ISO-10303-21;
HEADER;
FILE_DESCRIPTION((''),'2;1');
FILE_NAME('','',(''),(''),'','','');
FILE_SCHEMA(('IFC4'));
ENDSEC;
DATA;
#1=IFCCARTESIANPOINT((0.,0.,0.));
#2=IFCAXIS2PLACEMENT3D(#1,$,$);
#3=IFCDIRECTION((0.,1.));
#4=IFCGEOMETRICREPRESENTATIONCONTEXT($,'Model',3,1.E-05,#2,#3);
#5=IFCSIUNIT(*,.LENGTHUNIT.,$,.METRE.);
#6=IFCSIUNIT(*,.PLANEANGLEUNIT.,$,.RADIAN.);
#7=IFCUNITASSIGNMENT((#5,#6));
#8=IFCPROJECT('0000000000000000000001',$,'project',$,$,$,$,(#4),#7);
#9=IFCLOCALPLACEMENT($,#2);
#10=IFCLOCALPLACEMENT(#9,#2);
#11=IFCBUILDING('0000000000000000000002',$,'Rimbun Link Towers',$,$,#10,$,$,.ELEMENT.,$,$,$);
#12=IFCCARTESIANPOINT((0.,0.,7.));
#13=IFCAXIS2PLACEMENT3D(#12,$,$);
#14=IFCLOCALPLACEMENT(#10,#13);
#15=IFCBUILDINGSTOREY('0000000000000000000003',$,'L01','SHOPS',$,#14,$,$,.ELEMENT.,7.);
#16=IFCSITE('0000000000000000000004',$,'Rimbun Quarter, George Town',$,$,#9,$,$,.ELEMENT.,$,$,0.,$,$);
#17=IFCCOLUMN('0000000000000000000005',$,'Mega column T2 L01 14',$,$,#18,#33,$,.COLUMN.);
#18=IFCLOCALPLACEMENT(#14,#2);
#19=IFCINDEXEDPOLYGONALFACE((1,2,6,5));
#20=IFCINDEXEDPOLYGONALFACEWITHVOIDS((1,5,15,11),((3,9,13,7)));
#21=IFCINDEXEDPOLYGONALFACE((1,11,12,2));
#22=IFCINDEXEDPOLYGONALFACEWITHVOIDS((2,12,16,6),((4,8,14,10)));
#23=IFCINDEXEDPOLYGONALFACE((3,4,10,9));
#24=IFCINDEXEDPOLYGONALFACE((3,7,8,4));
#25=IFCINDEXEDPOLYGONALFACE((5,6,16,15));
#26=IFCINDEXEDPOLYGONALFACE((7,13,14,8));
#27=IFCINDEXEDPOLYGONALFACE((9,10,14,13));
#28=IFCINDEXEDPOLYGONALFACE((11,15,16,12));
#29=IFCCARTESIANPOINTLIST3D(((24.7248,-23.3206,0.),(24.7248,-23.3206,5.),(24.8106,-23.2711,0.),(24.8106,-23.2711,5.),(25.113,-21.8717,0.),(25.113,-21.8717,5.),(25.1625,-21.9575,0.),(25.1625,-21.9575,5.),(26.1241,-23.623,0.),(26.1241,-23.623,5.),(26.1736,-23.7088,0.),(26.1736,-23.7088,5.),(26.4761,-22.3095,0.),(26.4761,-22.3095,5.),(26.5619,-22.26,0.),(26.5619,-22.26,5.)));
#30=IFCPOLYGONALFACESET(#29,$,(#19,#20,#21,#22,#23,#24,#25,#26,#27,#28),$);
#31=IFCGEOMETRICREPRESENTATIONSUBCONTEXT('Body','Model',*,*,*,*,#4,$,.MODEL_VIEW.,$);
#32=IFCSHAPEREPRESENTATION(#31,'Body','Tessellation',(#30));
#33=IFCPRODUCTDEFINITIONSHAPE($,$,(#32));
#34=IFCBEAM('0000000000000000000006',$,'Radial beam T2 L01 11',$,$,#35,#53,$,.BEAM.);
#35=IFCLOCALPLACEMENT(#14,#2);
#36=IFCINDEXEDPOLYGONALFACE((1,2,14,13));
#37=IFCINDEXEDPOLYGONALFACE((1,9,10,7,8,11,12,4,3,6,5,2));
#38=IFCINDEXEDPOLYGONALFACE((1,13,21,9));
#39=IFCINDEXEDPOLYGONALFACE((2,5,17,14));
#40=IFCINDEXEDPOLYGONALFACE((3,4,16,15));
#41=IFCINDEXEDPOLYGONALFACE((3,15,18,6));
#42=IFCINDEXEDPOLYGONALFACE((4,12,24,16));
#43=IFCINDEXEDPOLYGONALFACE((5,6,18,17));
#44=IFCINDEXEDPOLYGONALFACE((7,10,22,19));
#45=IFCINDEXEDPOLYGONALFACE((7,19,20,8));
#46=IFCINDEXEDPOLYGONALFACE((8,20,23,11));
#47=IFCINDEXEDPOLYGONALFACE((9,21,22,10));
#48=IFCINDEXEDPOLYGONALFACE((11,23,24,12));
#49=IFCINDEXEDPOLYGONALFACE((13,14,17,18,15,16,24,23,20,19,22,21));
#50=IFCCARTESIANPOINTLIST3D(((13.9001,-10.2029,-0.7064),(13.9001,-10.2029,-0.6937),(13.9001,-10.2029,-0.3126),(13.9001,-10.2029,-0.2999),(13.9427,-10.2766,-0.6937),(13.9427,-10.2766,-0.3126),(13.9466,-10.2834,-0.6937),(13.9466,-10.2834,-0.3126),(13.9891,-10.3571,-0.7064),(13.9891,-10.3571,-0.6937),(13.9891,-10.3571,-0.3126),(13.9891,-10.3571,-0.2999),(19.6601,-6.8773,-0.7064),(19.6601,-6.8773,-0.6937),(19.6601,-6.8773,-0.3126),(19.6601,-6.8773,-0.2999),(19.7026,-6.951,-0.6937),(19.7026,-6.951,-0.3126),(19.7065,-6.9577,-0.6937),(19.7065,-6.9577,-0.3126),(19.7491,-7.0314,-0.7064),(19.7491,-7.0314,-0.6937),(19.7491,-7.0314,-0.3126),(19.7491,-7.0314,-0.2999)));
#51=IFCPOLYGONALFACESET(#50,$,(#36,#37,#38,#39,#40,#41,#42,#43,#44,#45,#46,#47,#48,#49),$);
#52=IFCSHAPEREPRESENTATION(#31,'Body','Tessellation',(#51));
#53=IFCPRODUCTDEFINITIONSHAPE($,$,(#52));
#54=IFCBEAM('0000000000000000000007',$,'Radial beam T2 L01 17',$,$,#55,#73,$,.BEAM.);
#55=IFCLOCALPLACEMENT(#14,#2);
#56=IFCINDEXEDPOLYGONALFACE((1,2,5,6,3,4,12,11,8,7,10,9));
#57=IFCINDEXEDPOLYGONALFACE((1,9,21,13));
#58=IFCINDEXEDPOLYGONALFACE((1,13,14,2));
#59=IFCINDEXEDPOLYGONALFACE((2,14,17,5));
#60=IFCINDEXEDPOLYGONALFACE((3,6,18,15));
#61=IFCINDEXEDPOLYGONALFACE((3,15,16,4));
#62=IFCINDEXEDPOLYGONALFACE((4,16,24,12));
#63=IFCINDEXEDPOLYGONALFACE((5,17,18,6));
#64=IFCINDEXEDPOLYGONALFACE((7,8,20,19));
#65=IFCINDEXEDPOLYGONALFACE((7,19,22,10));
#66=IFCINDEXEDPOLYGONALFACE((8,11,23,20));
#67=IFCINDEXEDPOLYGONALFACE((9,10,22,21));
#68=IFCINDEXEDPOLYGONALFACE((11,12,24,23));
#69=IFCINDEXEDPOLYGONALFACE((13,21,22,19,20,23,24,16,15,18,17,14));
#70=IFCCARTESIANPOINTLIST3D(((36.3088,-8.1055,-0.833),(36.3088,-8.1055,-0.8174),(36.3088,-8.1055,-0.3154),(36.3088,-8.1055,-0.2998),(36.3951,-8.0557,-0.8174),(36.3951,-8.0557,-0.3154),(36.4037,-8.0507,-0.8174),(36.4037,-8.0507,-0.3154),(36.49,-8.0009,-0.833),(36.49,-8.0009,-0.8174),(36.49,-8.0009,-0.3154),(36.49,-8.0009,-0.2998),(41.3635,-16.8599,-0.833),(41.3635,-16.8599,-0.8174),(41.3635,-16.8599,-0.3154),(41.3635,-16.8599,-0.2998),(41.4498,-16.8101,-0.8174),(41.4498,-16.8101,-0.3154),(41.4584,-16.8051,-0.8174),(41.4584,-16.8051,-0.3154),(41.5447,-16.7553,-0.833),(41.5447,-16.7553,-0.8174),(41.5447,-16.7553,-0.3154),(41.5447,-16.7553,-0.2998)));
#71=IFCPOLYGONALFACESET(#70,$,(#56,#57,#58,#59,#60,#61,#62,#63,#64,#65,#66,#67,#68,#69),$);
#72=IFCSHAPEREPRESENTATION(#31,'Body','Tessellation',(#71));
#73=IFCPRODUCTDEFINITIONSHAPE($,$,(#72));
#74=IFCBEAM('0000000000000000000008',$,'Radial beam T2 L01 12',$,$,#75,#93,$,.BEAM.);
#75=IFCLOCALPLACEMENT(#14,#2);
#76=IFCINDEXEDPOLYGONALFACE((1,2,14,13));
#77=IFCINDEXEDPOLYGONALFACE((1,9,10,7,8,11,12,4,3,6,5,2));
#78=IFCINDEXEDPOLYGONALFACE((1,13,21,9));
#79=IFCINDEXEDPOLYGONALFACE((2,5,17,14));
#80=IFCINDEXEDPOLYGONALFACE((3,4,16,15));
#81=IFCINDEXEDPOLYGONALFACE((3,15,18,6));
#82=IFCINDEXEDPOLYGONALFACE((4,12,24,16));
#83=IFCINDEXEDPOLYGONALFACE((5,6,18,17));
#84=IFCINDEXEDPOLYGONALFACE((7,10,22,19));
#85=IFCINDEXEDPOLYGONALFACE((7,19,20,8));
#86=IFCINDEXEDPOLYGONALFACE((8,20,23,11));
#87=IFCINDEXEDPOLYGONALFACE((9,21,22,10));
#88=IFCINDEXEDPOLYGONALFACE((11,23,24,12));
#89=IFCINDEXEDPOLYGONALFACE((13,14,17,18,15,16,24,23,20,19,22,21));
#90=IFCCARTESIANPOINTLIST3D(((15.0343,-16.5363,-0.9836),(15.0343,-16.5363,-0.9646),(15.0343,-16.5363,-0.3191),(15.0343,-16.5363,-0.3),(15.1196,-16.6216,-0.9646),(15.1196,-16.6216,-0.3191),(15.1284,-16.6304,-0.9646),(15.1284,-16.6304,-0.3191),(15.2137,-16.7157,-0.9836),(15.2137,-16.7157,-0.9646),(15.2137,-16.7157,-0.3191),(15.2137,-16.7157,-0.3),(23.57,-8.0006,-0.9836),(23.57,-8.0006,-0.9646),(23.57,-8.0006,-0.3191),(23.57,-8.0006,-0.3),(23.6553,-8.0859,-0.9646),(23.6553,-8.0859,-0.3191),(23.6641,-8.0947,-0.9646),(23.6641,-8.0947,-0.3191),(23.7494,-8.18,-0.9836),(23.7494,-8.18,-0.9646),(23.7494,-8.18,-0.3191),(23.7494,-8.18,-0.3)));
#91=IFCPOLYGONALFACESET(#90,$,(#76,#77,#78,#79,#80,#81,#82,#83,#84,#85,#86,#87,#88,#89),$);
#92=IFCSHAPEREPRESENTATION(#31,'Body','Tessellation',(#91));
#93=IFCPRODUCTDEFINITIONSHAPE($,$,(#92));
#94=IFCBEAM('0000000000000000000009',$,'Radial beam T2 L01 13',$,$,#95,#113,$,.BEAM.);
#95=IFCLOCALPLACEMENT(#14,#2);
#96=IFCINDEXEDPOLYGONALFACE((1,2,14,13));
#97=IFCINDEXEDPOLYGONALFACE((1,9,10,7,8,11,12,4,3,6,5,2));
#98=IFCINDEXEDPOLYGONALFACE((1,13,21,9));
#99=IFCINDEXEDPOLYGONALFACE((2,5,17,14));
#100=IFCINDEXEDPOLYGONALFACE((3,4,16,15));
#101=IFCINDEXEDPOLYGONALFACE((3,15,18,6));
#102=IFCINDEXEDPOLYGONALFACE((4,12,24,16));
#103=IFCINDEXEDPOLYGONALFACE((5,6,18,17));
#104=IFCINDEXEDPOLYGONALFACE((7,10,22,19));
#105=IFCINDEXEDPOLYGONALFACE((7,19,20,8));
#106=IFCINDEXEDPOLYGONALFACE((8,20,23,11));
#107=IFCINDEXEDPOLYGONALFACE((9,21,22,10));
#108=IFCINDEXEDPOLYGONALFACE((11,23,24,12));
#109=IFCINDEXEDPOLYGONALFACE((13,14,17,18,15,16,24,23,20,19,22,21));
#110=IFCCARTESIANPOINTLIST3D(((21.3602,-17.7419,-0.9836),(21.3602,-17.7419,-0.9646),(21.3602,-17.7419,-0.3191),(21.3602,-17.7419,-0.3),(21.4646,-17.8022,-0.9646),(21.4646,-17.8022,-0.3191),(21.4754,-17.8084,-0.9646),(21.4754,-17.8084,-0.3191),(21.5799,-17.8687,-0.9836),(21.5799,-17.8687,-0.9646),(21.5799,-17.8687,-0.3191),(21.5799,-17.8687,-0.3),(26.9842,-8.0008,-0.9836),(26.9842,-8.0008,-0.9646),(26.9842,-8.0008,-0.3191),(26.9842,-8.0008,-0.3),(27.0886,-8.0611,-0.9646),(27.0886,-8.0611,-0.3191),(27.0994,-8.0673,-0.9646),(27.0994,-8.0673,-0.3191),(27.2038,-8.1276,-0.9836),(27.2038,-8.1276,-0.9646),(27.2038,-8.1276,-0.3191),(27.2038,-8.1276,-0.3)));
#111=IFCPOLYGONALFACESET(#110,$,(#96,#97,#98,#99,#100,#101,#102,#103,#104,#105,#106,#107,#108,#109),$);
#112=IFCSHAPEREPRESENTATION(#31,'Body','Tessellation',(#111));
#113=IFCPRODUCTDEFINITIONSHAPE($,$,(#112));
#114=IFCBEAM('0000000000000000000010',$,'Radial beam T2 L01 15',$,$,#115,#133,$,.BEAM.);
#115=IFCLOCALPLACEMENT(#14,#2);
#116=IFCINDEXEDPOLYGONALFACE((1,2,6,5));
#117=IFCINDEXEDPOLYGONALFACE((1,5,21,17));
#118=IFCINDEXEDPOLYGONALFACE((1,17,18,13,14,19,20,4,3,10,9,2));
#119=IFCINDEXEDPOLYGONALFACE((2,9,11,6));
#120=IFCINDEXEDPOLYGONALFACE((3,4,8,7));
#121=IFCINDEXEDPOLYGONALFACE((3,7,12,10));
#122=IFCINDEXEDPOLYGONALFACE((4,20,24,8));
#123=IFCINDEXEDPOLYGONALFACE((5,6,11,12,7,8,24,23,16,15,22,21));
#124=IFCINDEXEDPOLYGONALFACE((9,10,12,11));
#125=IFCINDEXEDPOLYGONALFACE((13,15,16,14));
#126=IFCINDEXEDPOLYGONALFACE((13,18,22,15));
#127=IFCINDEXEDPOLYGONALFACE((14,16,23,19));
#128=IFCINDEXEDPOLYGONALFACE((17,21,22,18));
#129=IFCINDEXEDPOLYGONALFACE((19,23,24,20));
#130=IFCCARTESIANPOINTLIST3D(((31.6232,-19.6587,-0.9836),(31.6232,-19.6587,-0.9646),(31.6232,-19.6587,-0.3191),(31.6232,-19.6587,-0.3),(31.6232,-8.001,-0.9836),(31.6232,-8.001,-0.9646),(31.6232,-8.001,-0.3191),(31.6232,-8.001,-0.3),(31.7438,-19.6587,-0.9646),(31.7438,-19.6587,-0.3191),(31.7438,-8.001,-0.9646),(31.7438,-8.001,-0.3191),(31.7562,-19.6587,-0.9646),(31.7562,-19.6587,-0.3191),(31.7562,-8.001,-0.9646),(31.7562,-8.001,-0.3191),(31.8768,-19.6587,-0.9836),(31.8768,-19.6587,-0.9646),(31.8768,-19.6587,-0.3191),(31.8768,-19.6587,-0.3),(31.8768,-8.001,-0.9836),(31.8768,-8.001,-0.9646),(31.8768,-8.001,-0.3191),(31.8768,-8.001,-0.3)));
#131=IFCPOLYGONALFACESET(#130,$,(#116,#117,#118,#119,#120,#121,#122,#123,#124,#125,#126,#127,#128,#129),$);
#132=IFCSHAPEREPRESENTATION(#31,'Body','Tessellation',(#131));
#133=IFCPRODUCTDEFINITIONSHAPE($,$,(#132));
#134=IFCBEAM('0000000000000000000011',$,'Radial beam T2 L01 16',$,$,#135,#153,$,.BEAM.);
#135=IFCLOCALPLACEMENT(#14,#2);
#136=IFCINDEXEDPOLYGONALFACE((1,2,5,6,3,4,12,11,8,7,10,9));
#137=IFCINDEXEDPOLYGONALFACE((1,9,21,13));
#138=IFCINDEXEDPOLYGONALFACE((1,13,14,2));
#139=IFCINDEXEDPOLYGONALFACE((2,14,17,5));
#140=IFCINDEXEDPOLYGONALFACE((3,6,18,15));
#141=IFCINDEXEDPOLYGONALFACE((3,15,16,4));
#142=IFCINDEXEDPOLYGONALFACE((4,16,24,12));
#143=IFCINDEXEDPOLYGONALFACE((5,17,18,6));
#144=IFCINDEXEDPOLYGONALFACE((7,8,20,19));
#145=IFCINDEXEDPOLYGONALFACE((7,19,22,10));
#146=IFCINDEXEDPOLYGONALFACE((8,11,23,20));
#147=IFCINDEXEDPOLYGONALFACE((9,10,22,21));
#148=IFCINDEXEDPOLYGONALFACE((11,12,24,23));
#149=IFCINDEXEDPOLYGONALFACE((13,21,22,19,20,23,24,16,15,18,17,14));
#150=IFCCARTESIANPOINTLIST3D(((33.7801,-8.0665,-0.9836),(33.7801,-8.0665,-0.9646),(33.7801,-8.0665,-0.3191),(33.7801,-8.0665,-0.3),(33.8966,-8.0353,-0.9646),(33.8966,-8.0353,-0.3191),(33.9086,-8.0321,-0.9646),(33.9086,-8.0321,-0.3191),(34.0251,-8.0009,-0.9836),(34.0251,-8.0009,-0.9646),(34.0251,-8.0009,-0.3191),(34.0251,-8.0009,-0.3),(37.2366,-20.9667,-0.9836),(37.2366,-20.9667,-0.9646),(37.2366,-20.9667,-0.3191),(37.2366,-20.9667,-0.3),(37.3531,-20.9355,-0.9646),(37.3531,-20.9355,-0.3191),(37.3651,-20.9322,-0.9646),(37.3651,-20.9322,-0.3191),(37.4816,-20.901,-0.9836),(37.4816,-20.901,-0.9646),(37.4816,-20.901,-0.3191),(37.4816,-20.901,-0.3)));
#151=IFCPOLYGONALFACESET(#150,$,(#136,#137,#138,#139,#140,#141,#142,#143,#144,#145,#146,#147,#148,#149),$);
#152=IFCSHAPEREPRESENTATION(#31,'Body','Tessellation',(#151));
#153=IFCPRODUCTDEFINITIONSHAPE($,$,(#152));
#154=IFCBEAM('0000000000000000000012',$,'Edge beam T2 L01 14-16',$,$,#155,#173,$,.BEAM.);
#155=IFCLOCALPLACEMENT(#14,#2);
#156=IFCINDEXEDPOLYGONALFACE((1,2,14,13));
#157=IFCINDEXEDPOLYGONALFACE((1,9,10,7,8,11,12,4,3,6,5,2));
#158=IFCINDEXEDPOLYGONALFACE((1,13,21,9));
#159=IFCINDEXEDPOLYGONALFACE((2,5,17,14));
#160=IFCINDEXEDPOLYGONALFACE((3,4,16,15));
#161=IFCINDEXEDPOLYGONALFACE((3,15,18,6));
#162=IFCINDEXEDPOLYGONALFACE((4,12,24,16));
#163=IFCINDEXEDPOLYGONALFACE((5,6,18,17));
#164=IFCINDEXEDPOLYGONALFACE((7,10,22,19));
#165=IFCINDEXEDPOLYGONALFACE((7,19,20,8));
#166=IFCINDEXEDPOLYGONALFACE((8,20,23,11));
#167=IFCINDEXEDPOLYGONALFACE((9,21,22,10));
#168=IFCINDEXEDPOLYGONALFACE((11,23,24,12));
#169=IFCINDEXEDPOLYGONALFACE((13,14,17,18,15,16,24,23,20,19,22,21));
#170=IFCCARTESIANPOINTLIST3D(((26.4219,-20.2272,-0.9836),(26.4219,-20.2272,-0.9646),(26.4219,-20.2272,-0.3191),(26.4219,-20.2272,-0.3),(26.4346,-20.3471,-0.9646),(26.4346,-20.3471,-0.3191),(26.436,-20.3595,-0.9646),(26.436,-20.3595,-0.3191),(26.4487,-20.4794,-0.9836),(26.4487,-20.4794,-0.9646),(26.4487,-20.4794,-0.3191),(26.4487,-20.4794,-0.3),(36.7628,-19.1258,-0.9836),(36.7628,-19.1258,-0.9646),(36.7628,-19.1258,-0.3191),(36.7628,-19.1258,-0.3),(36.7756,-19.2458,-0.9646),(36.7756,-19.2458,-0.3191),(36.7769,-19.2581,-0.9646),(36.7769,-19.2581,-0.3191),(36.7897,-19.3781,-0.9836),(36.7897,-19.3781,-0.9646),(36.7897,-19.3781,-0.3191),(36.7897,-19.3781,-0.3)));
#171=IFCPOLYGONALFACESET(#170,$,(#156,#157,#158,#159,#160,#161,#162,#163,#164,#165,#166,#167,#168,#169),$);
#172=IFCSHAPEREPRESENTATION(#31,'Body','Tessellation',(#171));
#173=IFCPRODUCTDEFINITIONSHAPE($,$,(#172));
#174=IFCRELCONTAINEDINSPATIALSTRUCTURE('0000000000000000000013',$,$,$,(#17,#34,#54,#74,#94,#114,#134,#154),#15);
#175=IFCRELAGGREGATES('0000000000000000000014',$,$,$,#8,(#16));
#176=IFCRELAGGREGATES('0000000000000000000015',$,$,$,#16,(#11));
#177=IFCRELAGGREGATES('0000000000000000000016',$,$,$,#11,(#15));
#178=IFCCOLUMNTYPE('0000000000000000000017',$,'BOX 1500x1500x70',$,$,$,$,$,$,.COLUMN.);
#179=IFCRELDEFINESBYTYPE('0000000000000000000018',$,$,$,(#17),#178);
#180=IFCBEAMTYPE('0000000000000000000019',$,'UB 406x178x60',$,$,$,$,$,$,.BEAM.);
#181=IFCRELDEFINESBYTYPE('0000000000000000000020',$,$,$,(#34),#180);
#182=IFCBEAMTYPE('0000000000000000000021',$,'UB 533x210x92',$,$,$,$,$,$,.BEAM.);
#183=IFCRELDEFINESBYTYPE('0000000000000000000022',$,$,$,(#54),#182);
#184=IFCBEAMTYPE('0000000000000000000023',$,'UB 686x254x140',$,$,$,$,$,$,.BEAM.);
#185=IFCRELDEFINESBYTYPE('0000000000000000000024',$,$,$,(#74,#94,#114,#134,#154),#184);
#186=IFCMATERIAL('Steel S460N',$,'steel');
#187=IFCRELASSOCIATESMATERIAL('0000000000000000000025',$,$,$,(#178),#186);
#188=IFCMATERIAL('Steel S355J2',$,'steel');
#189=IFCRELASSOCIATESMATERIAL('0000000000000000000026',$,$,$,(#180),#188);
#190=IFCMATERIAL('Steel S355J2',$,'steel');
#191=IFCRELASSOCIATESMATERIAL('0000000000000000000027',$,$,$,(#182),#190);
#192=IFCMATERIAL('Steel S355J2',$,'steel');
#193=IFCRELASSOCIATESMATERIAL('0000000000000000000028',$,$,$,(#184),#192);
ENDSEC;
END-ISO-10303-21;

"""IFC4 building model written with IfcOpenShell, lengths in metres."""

from ifc_helpers import new_model, si_unit, direction, frame, origin, origin_2d, place, context, subcontext, project, spatial, hollow_rectangle, i_section, extrude, material, material_profile, profile_set, type_object, element, save


model = new_model("IFC4")

# Units and contexts
model_context = context("Model", 3, precision=1e-05, world=origin(), true_north=direction((0.0, 1.0)))
body_context = subcontext(model_context, "Body", "Model", "MODEL_VIEW")
ifc_project = project(units=[si_unit("LENGTHUNIT", "METRE"), si_unit("PLANEANGLEUNIT", "RADIAN")], contexts=[model_context])

# Site, building, storey
site_placement = place(None, origin())
site = spatial("IfcSite", under=ifc_project, at=site_placement, Name="Rimbun Quarter, George Town", CompositionType="ELEMENT", RefElevation=0.0)
building_placement = place(site_placement, origin())
building = spatial("IfcBuilding", under=site, at=building_placement, Name="Rimbun Link Towers", CompositionType="ELEMENT")
storey_placement = place(building_placement, frame((0.0, 0.0, 7.0)))
storey = spatial("IfcBuildingStorey", under=building, at=storey_placement, Name="L01", Description="SHOPS", CompositionType="ELEMENT", Elevation=7.0)

# Column
ifc_material_1 = material(Name="Steel S460N", Category="steel")
ifc_material_profile_1 = material_profile(ifc_material_1, hollow_rectangle(XDim=1.5, YDim=1.5, WallThickness=0.0701, at=origin_2d()), Name="BOX 1500x1500x70")
ifc_profile_set_1 = profile_set([ifc_material_profile_1], Name="Steel S460N")
column_type = type_object("IfcColumnType", Name="BOX 1500x1500x70", PredefinedType="COLUMN", material=ifc_profile_set_1)
column_placement = place(storey_placement, frame((25.6433, -22.7903, 0.0), z_axis=(0.0, 0.0, 1.0), x_axis=(-0.258819, -0.965926, 0.0)))
element("IfcColumn", 1, at=column_placement, inside=storey, type_object=column_type, Name="Mega column T2 L01 14", PredefinedType="COLUMN", context=body_context, shape_type="SweptSolid", body=[
    extrude(hollow_rectangle(XDim=1.5, YDim=1.5, WallThickness=0.0701, at=origin_2d()), origin(), (0.0, 0.0, 1.0), 5.0),
])

# Beams
ifc_material_2 = material(Name="Steel S355J2", Category="steel")
ifc_material_profile_2 = material_profile(ifc_material_2, i_section(OverallWidth=0.178, OverallDepth=0.4065, WebThickness=0.0078, FlangeThickness=0.0127, at=origin_2d()), Name="UB 406x178x60")
ifc_profile_set_2 = profile_set([ifc_material_profile_2], Name="Steel S355J2")
beam_type_1 = type_object("IfcBeamType", Name="UB 406x178x60", PredefinedType="BEAM", material=ifc_profile_set_2)
beam_1_placement = place(storey_placement, frame((19.7046, -6.9543, -0.5032), z_axis=(-0.866016, -0.500016, 0.0), x_axis=(0.500016, -0.866016, 0.0)))
element("IfcBeam", 2, at=beam_1_placement, inside=storey, type_object=beam_type_1, Name="Radial beam T2 L01 11", PredefinedType="BEAM", context=body_context, shape_type="SweptSolid", body=[
    extrude(i_section(OverallWidth=0.178, OverallDepth=0.4065, WebThickness=0.0078, FlangeThickness=0.0127, at=origin_2d()), origin(), (0.0, 0.0, 1.0), 6.6511),
])
ifc_material_3 = material(Name="Steel S355J2", Category="steel")
ifc_material_profile_3 = material_profile(ifc_material_3, i_section(OverallWidth=0.2092, OverallDepth=0.5332, WebThickness=0.01, FlangeThickness=0.0156, at=origin_2d()), Name="UB 533x210x92")
ifc_profile_set_3 = profile_set([ifc_material_profile_3], Name="Steel S355J2")
beam_type_2 = type_object("IfcBeamType", Name="UB 533x210x92", PredefinedType="BEAM", material=ifc_profile_set_3)
beam_2_placement = place(storey_placement, frame((36.3994, -8.0532, -0.5664), z_axis=(0.500025, -0.866011, 0.0), x_axis=(0.866011, 0.500025, 0.0)))
element("IfcBeam", 3, at=beam_2_placement, inside=storey, type_object=beam_type_2, Name="Radial beam T2 L01 17", PredefinedType="BEAM", context=body_context, shape_type="SweptSolid", body=[
    extrude(i_section(OverallWidth=0.2092, OverallDepth=0.5332, WebThickness=0.01, FlangeThickness=0.0156, at=origin_2d()), origin(), (0.0, 0.0, 1.0), 10.1089),
])
ifc_material_4 = material(Name="Steel S355J2", Category="steel")
ifc_material_profile_4 = material_profile(ifc_material_4, i_section(OverallWidth=0.2537, OverallDepth=0.6836, WebThickness=0.0125, FlangeThickness=0.019, at=origin_2d()), Name="UB 686x254x140")
ifc_profile_set_4 = profile_set([ifc_material_profile_4], Name="Steel S355J2")
beam_type_3 = type_object("IfcBeamType", Name="UB 686x254x140", PredefinedType="BEAM", material=ifc_profile_set_4)
beam_3_placement = place(storey_placement, frame((23.6597, -8.0903, -0.6418), z_axis=(-0.707107, -0.707107, 0.0), x_axis=(0.707107, -0.707107, 0.0)))
element("IfcBeam", 4, at=beam_3_placement, inside=storey, type_object=beam_type_3, Name="Radial beam T2 L01 12", PredefinedType="BEAM", context=body_context, shape_type="SweptSolid", body=[
    extrude(i_section(OverallWidth=0.2537, OverallDepth=0.6836, WebThickness=0.0125, FlangeThickness=0.019, at=origin_2d()), origin(), (0.0, 0.0, 1.0), 12.0713),
])
beam_4_placement = place(storey_placement, frame((27.094, -8.0642, -0.6418), z_axis=(-0.499996, -0.866028, 0.0), x_axis=(0.866028, -0.499996, 0.0)))
element("IfcBeam", 5, at=beam_4_placement, inside=storey, type_object=beam_type_3, Name="Radial beam T2 L01 13", PredefinedType="BEAM", context=body_context, shape_type="SweptSolid", body=[
    extrude(i_section(OverallWidth=0.2537, OverallDepth=0.6836, WebThickness=0.0125, FlangeThickness=0.019, at=origin_2d()), origin(), (0.0, 0.0, 1.0), 11.248),
])
beam_5_placement = place(storey_placement, frame((31.75, -8.001, -0.6418), z_axis=(0.0, -1.0, 0.0), x_axis=(1.0, 0.0, 0.0)))
element("IfcBeam", 6, at=beam_5_placement, inside=storey, type_object=beam_type_3, Name="Radial beam T2 L01 15", PredefinedType="BEAM", context=body_context, shape_type="SweptSolid", body=[
    extrude(i_section(OverallWidth=0.2537, OverallDepth=0.6836, WebThickness=0.0125, FlangeThickness=0.019, at=origin_2d()), origin(), (0.0, 0.0, 1.0), 11.6577),
])
beam_6_placement = place(storey_placement, frame((33.9026, -8.0337, -0.6418), z_axis=(0.258816, -0.965927, 0.0), x_axis=(0.965927, 0.258816, 0.0)))
element("IfcBeam", 7, at=beam_6_placement, inside=storey, type_object=beam_type_3, Name="Radial beam T2 L01 16", PredefinedType="BEAM", context=body_context, shape_type="SweptSolid", body=[
    extrude(i_section(OverallWidth=0.2537, OverallDepth=0.6836, WebThickness=0.0125, FlangeThickness=0.019, at=origin_2d()), origin(), (0.0, 0.0, 1.0), 13.3552),
])
beam_7_placement = place(storey_placement, frame((26.4353, -20.3533, -0.6418), z_axis=(0.994376, 0.105903, 0.0), x_axis=(-0.105903, 0.994376, 0.0)))
element("IfcBeam", 8, at=beam_7_placement, inside=storey, type_object=beam_type_3, Name="Edge beam T2 L01 14-16", PredefinedType="BEAM", context=body_context, shape_type="SweptSolid", body=[
    extrude(i_section(OverallWidth=0.2537, OverallDepth=0.6836, WebThickness=0.0125, FlangeThickness=0.019, at=origin_2d()), origin(), (0.0, 0.0, 1.0), 10.3994),
])

save(model, "model.ifc")
